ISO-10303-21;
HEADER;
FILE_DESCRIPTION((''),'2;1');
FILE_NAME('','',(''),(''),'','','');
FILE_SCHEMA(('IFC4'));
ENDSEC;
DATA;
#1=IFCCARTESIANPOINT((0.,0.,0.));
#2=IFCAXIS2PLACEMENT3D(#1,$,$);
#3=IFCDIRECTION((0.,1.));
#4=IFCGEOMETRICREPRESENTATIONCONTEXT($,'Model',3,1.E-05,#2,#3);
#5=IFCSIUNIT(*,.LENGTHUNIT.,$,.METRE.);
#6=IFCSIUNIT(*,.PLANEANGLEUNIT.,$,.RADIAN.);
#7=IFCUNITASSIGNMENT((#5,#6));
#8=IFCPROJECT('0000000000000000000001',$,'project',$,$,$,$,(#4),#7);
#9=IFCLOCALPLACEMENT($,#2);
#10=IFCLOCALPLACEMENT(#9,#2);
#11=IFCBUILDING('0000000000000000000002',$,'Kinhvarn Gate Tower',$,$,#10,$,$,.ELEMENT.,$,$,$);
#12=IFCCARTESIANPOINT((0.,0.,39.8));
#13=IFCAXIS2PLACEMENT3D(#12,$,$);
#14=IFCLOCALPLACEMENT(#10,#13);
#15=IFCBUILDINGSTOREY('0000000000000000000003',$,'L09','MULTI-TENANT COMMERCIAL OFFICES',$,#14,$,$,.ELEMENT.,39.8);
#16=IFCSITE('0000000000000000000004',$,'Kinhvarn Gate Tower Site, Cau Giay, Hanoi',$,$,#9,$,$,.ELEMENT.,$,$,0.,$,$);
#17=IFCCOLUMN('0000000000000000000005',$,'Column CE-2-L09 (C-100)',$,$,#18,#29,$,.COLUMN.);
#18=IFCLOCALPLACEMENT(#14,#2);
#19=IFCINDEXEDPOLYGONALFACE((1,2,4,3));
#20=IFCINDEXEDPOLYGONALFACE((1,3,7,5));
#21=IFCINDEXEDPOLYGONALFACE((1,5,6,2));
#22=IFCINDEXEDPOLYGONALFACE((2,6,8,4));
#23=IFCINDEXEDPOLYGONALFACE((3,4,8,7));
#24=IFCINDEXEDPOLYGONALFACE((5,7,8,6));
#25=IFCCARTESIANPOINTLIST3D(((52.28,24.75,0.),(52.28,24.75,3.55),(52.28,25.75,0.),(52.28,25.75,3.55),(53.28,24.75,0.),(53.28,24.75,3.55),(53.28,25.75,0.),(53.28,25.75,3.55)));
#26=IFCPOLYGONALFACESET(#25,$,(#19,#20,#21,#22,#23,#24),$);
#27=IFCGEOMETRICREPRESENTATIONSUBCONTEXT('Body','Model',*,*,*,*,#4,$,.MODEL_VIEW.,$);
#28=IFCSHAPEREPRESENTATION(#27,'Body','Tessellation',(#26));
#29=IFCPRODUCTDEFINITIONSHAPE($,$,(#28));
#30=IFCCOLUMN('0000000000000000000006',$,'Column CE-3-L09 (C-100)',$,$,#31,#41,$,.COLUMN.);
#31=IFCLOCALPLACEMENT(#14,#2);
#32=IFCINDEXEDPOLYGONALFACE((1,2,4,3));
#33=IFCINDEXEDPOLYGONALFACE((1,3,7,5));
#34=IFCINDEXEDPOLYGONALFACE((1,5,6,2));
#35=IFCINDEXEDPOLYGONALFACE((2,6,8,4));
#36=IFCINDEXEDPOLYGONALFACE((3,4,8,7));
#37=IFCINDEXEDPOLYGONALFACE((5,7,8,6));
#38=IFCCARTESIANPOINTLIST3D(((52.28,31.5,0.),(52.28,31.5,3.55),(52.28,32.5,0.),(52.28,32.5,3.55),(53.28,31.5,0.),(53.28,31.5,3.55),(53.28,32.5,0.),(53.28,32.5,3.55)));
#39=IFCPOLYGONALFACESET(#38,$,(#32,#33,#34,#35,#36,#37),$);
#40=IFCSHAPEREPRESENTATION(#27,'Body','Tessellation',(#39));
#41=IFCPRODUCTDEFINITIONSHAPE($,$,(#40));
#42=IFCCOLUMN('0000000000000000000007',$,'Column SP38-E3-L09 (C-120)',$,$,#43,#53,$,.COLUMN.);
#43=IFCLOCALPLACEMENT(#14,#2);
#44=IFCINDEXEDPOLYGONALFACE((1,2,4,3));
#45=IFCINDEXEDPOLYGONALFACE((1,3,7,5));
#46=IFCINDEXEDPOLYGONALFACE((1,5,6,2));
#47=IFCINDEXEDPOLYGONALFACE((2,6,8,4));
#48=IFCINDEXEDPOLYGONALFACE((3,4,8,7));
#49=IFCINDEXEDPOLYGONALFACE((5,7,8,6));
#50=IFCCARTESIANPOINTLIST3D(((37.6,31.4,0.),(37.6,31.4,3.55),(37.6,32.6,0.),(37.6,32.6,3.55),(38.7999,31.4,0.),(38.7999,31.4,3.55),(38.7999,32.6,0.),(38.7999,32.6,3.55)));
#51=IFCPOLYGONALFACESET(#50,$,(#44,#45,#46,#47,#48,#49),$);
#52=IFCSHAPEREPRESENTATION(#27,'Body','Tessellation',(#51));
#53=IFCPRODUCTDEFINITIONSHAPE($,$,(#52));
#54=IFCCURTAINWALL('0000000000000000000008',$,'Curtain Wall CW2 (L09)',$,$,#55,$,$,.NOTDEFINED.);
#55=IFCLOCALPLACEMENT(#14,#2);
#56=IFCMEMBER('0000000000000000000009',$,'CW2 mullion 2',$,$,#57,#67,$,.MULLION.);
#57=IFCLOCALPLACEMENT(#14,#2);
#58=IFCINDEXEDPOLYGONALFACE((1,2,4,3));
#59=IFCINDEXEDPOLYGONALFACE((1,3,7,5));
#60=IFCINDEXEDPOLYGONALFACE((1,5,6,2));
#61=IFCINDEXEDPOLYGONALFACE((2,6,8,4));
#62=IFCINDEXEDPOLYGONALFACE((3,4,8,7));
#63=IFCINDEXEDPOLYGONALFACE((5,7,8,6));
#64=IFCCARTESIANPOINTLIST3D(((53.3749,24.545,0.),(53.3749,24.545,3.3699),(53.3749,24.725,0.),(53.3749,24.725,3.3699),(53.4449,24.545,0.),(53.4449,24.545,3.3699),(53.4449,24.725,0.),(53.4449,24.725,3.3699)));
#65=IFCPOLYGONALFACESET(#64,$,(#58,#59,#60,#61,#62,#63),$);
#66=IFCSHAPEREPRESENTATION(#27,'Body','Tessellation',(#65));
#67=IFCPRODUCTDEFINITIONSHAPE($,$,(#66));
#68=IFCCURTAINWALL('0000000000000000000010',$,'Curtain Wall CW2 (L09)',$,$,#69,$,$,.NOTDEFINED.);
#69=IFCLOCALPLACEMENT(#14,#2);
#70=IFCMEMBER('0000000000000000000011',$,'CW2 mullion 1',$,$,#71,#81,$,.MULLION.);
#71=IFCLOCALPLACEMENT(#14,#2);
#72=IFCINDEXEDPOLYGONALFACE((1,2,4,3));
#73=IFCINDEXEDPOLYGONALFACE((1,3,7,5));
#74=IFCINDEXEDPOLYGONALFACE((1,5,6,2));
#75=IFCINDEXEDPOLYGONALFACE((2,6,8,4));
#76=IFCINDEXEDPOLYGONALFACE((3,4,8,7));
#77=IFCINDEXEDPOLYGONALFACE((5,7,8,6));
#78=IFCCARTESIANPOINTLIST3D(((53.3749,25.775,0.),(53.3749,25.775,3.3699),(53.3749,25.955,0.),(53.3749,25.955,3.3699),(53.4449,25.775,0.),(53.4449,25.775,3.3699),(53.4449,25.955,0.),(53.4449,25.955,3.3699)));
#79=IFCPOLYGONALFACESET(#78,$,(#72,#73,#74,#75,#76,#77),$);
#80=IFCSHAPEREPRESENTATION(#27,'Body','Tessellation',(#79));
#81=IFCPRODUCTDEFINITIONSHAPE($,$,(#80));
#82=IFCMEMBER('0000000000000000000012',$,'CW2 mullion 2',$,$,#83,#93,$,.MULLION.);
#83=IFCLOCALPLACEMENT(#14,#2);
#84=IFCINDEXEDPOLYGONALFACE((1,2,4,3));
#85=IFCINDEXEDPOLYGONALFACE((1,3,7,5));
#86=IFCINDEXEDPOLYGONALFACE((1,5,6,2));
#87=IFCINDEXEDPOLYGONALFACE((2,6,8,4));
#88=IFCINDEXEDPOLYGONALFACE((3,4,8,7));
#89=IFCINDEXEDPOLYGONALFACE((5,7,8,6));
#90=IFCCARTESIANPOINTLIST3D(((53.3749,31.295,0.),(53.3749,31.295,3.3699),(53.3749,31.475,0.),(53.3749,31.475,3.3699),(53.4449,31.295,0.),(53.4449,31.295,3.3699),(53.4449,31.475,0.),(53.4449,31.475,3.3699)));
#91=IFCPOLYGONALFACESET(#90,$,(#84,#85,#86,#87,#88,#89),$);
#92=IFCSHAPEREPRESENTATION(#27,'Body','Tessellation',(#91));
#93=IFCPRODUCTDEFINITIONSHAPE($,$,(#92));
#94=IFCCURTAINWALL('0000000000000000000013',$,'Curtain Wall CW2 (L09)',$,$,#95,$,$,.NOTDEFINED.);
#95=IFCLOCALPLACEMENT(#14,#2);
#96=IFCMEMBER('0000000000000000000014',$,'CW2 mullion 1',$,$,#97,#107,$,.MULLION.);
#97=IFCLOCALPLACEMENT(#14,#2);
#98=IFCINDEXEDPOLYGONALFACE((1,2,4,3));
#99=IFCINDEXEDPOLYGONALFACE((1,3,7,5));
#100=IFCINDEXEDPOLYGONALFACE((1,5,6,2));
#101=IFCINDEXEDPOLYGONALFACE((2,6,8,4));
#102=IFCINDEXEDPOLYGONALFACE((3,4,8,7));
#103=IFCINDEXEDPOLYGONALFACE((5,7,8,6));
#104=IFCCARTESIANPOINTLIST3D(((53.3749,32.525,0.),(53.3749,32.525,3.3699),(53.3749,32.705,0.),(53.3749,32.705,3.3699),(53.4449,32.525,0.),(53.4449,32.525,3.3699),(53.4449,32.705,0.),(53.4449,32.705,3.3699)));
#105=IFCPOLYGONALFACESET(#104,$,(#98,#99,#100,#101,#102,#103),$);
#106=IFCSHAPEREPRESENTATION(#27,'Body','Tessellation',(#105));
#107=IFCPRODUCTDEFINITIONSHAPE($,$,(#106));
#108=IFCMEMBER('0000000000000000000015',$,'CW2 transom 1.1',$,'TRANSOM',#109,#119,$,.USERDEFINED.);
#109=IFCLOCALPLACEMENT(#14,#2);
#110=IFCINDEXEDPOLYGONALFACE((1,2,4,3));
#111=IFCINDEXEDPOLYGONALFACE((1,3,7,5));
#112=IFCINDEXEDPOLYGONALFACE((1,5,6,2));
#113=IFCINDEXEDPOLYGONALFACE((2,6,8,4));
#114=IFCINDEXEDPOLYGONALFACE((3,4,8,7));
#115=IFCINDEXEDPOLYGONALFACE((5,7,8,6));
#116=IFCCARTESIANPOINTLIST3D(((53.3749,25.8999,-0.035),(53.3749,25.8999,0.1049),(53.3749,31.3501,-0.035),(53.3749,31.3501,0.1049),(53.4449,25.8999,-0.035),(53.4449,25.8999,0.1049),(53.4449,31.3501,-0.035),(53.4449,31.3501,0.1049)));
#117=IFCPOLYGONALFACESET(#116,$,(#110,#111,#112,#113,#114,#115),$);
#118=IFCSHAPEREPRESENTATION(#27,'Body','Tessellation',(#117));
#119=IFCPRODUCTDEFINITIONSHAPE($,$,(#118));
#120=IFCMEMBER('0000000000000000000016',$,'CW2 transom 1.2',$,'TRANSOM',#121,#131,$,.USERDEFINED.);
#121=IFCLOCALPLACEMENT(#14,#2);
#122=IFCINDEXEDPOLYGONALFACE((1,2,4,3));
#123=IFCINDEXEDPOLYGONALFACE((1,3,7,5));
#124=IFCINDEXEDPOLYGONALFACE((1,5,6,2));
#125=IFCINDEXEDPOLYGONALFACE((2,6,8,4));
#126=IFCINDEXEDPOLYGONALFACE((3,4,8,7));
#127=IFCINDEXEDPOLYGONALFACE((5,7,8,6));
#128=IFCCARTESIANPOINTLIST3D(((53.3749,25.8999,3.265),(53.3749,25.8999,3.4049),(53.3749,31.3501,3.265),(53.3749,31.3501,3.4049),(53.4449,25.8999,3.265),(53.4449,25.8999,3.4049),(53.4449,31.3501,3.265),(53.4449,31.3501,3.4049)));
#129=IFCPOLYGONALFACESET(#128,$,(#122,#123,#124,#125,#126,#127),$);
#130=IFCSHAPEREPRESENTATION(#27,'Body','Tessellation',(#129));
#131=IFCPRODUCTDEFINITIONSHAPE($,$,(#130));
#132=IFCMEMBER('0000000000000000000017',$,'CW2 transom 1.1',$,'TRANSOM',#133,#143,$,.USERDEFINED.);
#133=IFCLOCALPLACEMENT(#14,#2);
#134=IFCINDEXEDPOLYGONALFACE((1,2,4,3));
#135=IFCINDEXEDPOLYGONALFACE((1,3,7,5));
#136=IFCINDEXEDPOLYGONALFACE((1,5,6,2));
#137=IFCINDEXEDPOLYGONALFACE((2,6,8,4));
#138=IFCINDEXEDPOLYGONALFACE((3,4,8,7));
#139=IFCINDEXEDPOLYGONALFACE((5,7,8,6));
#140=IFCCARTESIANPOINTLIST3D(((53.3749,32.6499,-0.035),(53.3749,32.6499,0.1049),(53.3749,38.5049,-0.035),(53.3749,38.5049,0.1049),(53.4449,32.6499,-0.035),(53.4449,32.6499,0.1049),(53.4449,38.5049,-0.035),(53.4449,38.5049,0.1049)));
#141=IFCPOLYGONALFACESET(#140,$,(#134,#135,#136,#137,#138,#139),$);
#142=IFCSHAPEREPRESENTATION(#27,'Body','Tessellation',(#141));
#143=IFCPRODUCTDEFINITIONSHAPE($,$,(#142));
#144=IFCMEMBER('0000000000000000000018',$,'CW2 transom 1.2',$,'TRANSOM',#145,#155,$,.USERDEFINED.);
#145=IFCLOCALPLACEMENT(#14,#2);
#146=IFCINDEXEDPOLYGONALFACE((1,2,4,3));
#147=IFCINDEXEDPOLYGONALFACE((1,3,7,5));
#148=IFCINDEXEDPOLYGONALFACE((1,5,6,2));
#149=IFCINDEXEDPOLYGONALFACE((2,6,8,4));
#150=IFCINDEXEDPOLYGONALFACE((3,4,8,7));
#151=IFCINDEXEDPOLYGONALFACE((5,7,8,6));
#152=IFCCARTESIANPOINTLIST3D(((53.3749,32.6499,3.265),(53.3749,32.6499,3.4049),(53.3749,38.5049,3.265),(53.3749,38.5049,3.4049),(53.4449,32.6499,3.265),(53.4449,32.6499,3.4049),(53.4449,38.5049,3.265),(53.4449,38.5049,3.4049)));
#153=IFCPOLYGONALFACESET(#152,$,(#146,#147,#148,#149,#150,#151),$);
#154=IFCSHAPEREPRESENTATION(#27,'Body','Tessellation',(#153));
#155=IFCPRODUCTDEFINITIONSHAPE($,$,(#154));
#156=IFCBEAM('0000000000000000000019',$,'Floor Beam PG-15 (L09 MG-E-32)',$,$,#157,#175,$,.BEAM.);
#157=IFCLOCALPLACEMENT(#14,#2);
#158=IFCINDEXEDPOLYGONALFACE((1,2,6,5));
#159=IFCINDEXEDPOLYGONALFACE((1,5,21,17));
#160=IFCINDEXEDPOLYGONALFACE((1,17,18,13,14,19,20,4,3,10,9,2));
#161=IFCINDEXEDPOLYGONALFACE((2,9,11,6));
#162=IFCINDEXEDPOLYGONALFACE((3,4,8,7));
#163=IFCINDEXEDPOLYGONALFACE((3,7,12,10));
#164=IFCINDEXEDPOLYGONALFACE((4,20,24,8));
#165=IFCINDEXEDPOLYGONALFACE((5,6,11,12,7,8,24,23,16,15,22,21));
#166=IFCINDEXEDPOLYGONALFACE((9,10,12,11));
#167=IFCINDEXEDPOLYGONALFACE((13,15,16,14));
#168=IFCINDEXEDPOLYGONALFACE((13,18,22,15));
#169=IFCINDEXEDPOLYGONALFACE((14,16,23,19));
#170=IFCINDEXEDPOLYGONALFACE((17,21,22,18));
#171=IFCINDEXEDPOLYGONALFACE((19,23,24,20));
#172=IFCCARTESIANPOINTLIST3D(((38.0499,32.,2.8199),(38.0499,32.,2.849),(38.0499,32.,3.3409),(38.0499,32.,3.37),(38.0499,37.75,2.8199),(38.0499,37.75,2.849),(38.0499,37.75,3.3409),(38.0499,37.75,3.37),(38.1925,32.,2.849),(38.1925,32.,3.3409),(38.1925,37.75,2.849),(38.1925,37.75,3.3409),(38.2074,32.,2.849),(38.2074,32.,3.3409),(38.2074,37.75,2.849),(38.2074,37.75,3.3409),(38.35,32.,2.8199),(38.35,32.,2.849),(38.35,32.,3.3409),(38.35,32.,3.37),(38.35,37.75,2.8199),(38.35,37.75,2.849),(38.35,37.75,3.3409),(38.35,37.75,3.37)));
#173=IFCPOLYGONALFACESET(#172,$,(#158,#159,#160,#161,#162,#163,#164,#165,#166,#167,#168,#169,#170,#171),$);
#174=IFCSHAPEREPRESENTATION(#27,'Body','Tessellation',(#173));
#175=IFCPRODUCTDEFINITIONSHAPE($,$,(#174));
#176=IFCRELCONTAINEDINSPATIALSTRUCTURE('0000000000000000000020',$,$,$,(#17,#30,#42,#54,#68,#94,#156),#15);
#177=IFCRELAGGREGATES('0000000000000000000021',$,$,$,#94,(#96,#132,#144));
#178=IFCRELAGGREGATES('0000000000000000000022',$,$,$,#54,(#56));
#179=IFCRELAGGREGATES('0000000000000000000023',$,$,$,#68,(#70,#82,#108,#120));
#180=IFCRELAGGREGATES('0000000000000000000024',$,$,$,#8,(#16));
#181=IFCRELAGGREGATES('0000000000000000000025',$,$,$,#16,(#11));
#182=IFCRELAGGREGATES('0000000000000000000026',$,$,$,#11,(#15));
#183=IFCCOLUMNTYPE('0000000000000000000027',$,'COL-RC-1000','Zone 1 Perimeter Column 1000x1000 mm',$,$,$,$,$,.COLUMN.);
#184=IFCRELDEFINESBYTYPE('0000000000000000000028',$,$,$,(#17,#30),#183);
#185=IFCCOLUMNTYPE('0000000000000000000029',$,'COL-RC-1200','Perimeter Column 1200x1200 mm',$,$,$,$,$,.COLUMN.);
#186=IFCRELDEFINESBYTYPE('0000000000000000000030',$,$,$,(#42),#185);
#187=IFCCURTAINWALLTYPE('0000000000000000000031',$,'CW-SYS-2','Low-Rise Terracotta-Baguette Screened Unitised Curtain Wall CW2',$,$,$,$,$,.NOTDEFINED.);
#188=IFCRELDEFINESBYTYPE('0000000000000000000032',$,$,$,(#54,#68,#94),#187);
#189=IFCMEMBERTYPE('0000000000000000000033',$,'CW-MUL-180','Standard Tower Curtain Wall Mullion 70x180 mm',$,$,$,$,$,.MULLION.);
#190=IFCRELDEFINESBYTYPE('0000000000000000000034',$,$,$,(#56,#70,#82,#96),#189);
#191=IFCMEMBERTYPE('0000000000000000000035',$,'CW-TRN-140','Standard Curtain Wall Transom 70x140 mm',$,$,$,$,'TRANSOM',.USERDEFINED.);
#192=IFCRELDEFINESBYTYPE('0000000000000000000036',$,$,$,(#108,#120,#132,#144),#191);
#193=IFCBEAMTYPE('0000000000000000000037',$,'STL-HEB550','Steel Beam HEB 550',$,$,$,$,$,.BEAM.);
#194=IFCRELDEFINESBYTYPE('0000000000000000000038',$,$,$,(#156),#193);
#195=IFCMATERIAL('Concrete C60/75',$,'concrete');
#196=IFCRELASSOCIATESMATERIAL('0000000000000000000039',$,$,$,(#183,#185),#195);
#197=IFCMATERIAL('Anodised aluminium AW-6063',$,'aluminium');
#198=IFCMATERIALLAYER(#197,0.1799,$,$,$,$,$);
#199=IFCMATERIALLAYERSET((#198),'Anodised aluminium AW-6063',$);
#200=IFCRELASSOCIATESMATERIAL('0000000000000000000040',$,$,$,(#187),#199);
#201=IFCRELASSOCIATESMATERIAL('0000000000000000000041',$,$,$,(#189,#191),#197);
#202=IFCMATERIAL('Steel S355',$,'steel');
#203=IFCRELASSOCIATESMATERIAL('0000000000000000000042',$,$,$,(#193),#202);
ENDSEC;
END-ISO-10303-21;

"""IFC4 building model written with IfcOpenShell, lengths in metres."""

from ifc_helpers import new_model, si_unit, direction, frame, origin, origin_2d, place, context, subcontext, project, spatial, rectangle, i_section, extrude, material, layer, layer_set, material_profile, profile_set, type_object, element, aggregate, save


model = new_model("IFC4")

# Units and contexts
model_context = context("Model", 3, precision=1e-05, world=origin(), true_north=direction((0.0, 1.0)))
body_context = subcontext(model_context, "Body", "Model", "MODEL_VIEW")
ifc_project = project(units=[si_unit("LENGTHUNIT", "METRE"), si_unit("PLANEANGLEUNIT", "RADIAN")], contexts=[model_context])

# Site, building, storey
site_placement = place(None, origin())
site = spatial("IfcSite", under=ifc_project, at=site_placement, Name="Kinhvarn Gate Tower Site, Cau Giay, Hanoi", CompositionType="ELEMENT", RefElevation=0.0)
building_placement = place(site_placement, origin())
building = spatial("IfcBuilding", under=site, at=building_placement, Name="Kinhvarn Gate Tower", CompositionType="ELEMENT")
storey_placement = place(building_placement, frame((0.0, 0.0, 39.8)))
storey = spatial("IfcBuildingStorey", under=building, at=storey_placement, Name="L09", Description="MULTI-TENANT COMMERCIAL OFFICES", CompositionType="ELEMENT", Elevation=39.8)

# Columns
ifc_material_1 = material(Name="Concrete C60/75", Category="concrete")
ifc_material_profile_1 = material_profile(ifc_material_1, rectangle(XDim=1.0, YDim=1.0, at=origin_2d()), Name="RC 1000x1000")
ifc_profile_set_1 = profile_set([ifc_material_profile_1], Name="Concrete C60/75")
column_type_1 = type_object("IfcColumnType", Name="COL-RC-1000", Description="Zone 1 Perimeter Column 1000x1000 mm", PredefinedType="COLUMN", material=ifc_profile_set_1)
for number, where, z_axis, x_axis, name in (
    (1, (52.78, 25.25, 0.0), (0.0, 0.0, 1.0), (1.0, 0.0, 0.0), "Column CE-2-L09 (C-100)"),
    (2, (52.78, 32.0, 0.0), (0.0, 0.0, 1.0), (1.0, 0.0, 0.0), "Column CE-3-L09 (C-100)"),
):
    element("IfcColumn", number, at=place(storey_placement, frame(where, z_axis=z_axis, x_axis=x_axis)), inside=storey, type_object=column_type_1, Name=name, PredefinedType="COLUMN", context=body_context, shape_type="SweptSolid", body=[
        extrude(rectangle(XDim=1.0, YDim=1.0, at=origin_2d()), origin(), (0.0, 0.0, 1.0), 3.55),
    ])
ifc_material_profile_2 = material_profile(ifc_material_1, rectangle(XDim=1.2, YDim=1.2, at=origin_2d()), Name="RC 1200x1200")
ifc_profile_set_2 = profile_set([ifc_material_profile_2], Name="Concrete C60/75")
column_type_2 = type_object("IfcColumnType", Name="COL-RC-1200", Description="Perimeter Column 1200x1200 mm", PredefinedType="COLUMN", material=ifc_profile_set_2)
column_placement = place(storey_placement, frame((38.2, 32.0, 0.0), z_axis=(0.0, 0.0, 1.0), x_axis=(1.0, 0.0, 0.0)))
element("IfcColumn", 3, at=column_placement, inside=storey, type_object=column_type_2, Name="Column SP38-E3-L09 (C-120)", PredefinedType="COLUMN", context=body_context, shape_type="SweptSolid", body=[
    extrude(rectangle(XDim=1.2, YDim=1.2, at=origin_2d()), origin(), (0.0, 0.0, 1.0), 3.55),
])

# Curtain wall, member
ifc_material_2 = material(Name="Anodised aluminium AW-6063", Category="aluminium")
ifc_layer_1 = layer(ifc_material_2, 0.1799)
ifc_layer_set_1 = layer_set([ifc_layer_1], Name="Anodised aluminium AW-6063")
curtain_wall_type = type_object("IfcCurtainWallType", Name="CW-SYS-2", Description="Low-Rise Terracotta-Baguette Screened Unitised Curtain Wall CW2", PredefinedType="NOTDEFINED", material=ifc_layer_set_1)
curtain_wall_1_placement = place(storey_placement, origin())
curtain_wall_1 = element("IfcCurtainWall", 4, at=curtain_wall_1_placement, inside=storey, type_object=curtain_wall_type, Name="Curtain Wall CW2 (L09)", PredefinedType="NOTDEFINED")
ifc_material_profile_3 = material_profile(ifc_material_2, rectangle(XDim=0.0701, YDim=0.1799, at=origin_2d()), Name="ALU 70x180")
ifc_profile_set_3 = profile_set([ifc_material_profile_3], Name="Anodised aluminium AW-6063")
member_type_1 = type_object("IfcMemberType", Name="CW-MUL-180", Description="Standard Tower Curtain Wall Mullion 70x180 mm", PredefinedType="MULLION", material=ifc_profile_set_3)
member_1_placement = place(storey_placement, frame((53.4099, 24.635, 0.0), z_axis=(0.0, 0.0, 1.0), x_axis=(-1.0, 0.0, 0.0)))
member_1 = element("IfcMember", 5, at=member_1_placement, type_object=member_type_1, Name="CW2 mullion 2", PredefinedType="MULLION", context=body_context, shape_type="SweptSolid", body=[
    extrude(rectangle(XDim=0.0701, YDim=0.1799, at=origin_2d()), origin(), (0.0, 0.0, 1.0), 3.3699),
])

# Curtain wall, members
curtain_wall_2_placement = place(storey_placement, origin())
curtain_wall_2 = element("IfcCurtainWall", 6, at=curtain_wall_2_placement, inside=storey, type_object=curtain_wall_type, Name="Curtain Wall CW2 (L09)", PredefinedType="NOTDEFINED")
member_2_placement = place(storey_placement, frame((53.4099, 25.865, 0.0), z_axis=(0.0, 0.0, 1.0), x_axis=(-1.0, 0.0, 0.0)))
member_2 = element("IfcMember", 7, at=member_2_placement, type_object=member_type_1, Name="CW2 mullion 1", PredefinedType="MULLION", context=body_context, shape_type="SweptSolid", body=[
    extrude(rectangle(XDim=0.0701, YDim=0.1799, at=origin_2d()), origin(), (0.0, 0.0, 1.0), 3.3699),
])
member_3_placement = place(storey_placement, frame((53.4099, 31.385, 0.0), z_axis=(0.0, 0.0, 1.0), x_axis=(-1.0, 0.0, 0.0)))
member_3 = element("IfcMember", 8, at=member_3_placement, type_object=member_type_1, Name="CW2 mullion 2", PredefinedType="MULLION", context=body_context, shape_type="SweptSolid", body=[
    extrude(rectangle(XDim=0.0701, YDim=0.1799, at=origin_2d()), origin(), (0.0, 0.0, 1.0), 3.3699),
])

# Curtain wall, member
curtain_wall_3_placement = place(storey_placement, origin())
curtain_wall_3 = element("IfcCurtainWall", 9, at=curtain_wall_3_placement, inside=storey, type_object=curtain_wall_type, Name="Curtain Wall CW2 (L09)", PredefinedType="NOTDEFINED")
member_4_placement = place(storey_placement, frame((53.4099, 32.615, 0.0), z_axis=(0.0, 0.0, 1.0), x_axis=(-1.0, 0.0, 0.0)))
member_4 = element("IfcMember", 10, at=member_4_placement, type_object=member_type_1, Name="CW2 mullion 1", PredefinedType="MULLION", context=body_context, shape_type="SweptSolid", body=[
    extrude(rectangle(XDim=0.0701, YDim=0.1799, at=origin_2d()), origin(), (0.0, 0.0, 1.0), 3.3699),
])

# Members
ifc_material_profile_4 = material_profile(ifc_material_2, rectangle(XDim=0.0701, YDim=0.1399, at=origin_2d()), Name="ALU 70x140")
ifc_profile_set_4 = profile_set([ifc_material_profile_4], Name="Anodised aluminium AW-6063")
member_type_2 = type_object("IfcMemberType", Name="CW-TRN-140", Description="Standard Curtain Wall Transom 70x140 mm", ElementType="TRANSOM", PredefinedType="USERDEFINED", material=ifc_profile_set_4)
member_5_placement = place(storey_placement, frame((53.4099, 25.8999, 0.0349), z_axis=(0.0, 1.0, 0.0), x_axis=(-1.0, 0.0, 0.0)))
member_5 = element("IfcMember", 11, at=member_5_placement, type_object=member_type_2, Name="CW2 transom 1.1", ObjectType="TRANSOM", PredefinedType="USERDEFINED", context=body_context, shape_type="SweptSolid", body=[
    extrude(rectangle(XDim=0.0701, YDim=0.1399, at=origin_2d()), origin(), (0.0, 0.0, 1.0), 5.4502),
])
member_6_placement = place(storey_placement, frame((53.4099, 25.8999, 3.335), z_axis=(0.0, 1.0, 0.0), x_axis=(-1.0, 0.0, 0.0)))
member_6 = element("IfcMember", 12, at=member_6_placement, type_object=member_type_2, Name="CW2 transom 1.2", ObjectType="TRANSOM", PredefinedType="USERDEFINED", context=body_context, shape_type="SweptSolid", body=[
    extrude(rectangle(XDim=0.0701, YDim=0.1399, at=origin_2d()), origin(), (0.0, 0.0, 1.0), 5.4502),
])
member_7_placement = place(storey_placement, frame((53.4099, 32.6499, 0.0349), z_axis=(0.0, 1.0, 0.0), x_axis=(-1.0, 0.0, 0.0)))
member_7 = element("IfcMember", 13, at=member_7_placement, type_object=member_type_2, Name="CW2 transom 1.1", ObjectType="TRANSOM", PredefinedType="USERDEFINED", context=body_context, shape_type="SweptSolid", body=[
    extrude(rectangle(XDim=0.0701, YDim=0.1399, at=origin_2d()), origin(), (0.0, 0.0, 1.0), 5.855),
])
member_8_placement = place(storey_placement, frame((53.4099, 32.6499, 3.335), z_axis=(0.0, 1.0, 0.0), x_axis=(-1.0, 0.0, 0.0)))
member_8 = element("IfcMember", 14, at=member_8_placement, type_object=member_type_2, Name="CW2 transom 1.2", ObjectType="TRANSOM", PredefinedType="USERDEFINED", context=body_context, shape_type="SweptSolid", body=[
    extrude(rectangle(XDim=0.0701, YDim=0.1399, at=origin_2d()), origin(), (0.0, 0.0, 1.0), 5.855),
])
aggregate(curtain_wall_3, [member_4, member_7, member_8])

# Beam
ifc_material_3 = material(Name="Steel S355", Category="steel")
ifc_material_profile_5 = material_profile(ifc_material_3, i_section(OverallWidth=0.3, OverallDepth=0.55, WebThickness=0.0149, FlangeThickness=0.0291, at=origin_2d()), Name="HEB 550")
ifc_profile_set_5 = profile_set([ifc_material_profile_5], Name="Steel S355")
beam_type_1 = type_object("IfcBeamType", Name="STL-HEB550", Description="Steel Beam HEB 550", PredefinedType="BEAM", material=ifc_profile_set_5)
beam_1_placement = place(storey_placement, frame((38.2, 32.0, 3.095), z_axis=(0.0, 1.0, 0.0), x_axis=(-1.0, 0.0, 0.0)))
element("IfcBeam", 15, at=beam_1_placement, inside=storey, type_object=beam_type_1, Name="Floor Beam PG-15 (L09 MG-E-32)", PredefinedType="BEAM", context=body_context, shape_type="SweptSolid", body=[
    extrude(i_section(OverallWidth=0.3, OverallDepth=0.55, WebThickness=0.0149, FlangeThickness=0.0291, at=origin_2d()), origin(), (0.0, 0.0, 1.0), 5.75),
])

aggregate(curtain_wall_1, [member_1])
aggregate(curtain_wall_2, [member_2, member_3, member_5, member_6])

save(model, "model.ifc")
